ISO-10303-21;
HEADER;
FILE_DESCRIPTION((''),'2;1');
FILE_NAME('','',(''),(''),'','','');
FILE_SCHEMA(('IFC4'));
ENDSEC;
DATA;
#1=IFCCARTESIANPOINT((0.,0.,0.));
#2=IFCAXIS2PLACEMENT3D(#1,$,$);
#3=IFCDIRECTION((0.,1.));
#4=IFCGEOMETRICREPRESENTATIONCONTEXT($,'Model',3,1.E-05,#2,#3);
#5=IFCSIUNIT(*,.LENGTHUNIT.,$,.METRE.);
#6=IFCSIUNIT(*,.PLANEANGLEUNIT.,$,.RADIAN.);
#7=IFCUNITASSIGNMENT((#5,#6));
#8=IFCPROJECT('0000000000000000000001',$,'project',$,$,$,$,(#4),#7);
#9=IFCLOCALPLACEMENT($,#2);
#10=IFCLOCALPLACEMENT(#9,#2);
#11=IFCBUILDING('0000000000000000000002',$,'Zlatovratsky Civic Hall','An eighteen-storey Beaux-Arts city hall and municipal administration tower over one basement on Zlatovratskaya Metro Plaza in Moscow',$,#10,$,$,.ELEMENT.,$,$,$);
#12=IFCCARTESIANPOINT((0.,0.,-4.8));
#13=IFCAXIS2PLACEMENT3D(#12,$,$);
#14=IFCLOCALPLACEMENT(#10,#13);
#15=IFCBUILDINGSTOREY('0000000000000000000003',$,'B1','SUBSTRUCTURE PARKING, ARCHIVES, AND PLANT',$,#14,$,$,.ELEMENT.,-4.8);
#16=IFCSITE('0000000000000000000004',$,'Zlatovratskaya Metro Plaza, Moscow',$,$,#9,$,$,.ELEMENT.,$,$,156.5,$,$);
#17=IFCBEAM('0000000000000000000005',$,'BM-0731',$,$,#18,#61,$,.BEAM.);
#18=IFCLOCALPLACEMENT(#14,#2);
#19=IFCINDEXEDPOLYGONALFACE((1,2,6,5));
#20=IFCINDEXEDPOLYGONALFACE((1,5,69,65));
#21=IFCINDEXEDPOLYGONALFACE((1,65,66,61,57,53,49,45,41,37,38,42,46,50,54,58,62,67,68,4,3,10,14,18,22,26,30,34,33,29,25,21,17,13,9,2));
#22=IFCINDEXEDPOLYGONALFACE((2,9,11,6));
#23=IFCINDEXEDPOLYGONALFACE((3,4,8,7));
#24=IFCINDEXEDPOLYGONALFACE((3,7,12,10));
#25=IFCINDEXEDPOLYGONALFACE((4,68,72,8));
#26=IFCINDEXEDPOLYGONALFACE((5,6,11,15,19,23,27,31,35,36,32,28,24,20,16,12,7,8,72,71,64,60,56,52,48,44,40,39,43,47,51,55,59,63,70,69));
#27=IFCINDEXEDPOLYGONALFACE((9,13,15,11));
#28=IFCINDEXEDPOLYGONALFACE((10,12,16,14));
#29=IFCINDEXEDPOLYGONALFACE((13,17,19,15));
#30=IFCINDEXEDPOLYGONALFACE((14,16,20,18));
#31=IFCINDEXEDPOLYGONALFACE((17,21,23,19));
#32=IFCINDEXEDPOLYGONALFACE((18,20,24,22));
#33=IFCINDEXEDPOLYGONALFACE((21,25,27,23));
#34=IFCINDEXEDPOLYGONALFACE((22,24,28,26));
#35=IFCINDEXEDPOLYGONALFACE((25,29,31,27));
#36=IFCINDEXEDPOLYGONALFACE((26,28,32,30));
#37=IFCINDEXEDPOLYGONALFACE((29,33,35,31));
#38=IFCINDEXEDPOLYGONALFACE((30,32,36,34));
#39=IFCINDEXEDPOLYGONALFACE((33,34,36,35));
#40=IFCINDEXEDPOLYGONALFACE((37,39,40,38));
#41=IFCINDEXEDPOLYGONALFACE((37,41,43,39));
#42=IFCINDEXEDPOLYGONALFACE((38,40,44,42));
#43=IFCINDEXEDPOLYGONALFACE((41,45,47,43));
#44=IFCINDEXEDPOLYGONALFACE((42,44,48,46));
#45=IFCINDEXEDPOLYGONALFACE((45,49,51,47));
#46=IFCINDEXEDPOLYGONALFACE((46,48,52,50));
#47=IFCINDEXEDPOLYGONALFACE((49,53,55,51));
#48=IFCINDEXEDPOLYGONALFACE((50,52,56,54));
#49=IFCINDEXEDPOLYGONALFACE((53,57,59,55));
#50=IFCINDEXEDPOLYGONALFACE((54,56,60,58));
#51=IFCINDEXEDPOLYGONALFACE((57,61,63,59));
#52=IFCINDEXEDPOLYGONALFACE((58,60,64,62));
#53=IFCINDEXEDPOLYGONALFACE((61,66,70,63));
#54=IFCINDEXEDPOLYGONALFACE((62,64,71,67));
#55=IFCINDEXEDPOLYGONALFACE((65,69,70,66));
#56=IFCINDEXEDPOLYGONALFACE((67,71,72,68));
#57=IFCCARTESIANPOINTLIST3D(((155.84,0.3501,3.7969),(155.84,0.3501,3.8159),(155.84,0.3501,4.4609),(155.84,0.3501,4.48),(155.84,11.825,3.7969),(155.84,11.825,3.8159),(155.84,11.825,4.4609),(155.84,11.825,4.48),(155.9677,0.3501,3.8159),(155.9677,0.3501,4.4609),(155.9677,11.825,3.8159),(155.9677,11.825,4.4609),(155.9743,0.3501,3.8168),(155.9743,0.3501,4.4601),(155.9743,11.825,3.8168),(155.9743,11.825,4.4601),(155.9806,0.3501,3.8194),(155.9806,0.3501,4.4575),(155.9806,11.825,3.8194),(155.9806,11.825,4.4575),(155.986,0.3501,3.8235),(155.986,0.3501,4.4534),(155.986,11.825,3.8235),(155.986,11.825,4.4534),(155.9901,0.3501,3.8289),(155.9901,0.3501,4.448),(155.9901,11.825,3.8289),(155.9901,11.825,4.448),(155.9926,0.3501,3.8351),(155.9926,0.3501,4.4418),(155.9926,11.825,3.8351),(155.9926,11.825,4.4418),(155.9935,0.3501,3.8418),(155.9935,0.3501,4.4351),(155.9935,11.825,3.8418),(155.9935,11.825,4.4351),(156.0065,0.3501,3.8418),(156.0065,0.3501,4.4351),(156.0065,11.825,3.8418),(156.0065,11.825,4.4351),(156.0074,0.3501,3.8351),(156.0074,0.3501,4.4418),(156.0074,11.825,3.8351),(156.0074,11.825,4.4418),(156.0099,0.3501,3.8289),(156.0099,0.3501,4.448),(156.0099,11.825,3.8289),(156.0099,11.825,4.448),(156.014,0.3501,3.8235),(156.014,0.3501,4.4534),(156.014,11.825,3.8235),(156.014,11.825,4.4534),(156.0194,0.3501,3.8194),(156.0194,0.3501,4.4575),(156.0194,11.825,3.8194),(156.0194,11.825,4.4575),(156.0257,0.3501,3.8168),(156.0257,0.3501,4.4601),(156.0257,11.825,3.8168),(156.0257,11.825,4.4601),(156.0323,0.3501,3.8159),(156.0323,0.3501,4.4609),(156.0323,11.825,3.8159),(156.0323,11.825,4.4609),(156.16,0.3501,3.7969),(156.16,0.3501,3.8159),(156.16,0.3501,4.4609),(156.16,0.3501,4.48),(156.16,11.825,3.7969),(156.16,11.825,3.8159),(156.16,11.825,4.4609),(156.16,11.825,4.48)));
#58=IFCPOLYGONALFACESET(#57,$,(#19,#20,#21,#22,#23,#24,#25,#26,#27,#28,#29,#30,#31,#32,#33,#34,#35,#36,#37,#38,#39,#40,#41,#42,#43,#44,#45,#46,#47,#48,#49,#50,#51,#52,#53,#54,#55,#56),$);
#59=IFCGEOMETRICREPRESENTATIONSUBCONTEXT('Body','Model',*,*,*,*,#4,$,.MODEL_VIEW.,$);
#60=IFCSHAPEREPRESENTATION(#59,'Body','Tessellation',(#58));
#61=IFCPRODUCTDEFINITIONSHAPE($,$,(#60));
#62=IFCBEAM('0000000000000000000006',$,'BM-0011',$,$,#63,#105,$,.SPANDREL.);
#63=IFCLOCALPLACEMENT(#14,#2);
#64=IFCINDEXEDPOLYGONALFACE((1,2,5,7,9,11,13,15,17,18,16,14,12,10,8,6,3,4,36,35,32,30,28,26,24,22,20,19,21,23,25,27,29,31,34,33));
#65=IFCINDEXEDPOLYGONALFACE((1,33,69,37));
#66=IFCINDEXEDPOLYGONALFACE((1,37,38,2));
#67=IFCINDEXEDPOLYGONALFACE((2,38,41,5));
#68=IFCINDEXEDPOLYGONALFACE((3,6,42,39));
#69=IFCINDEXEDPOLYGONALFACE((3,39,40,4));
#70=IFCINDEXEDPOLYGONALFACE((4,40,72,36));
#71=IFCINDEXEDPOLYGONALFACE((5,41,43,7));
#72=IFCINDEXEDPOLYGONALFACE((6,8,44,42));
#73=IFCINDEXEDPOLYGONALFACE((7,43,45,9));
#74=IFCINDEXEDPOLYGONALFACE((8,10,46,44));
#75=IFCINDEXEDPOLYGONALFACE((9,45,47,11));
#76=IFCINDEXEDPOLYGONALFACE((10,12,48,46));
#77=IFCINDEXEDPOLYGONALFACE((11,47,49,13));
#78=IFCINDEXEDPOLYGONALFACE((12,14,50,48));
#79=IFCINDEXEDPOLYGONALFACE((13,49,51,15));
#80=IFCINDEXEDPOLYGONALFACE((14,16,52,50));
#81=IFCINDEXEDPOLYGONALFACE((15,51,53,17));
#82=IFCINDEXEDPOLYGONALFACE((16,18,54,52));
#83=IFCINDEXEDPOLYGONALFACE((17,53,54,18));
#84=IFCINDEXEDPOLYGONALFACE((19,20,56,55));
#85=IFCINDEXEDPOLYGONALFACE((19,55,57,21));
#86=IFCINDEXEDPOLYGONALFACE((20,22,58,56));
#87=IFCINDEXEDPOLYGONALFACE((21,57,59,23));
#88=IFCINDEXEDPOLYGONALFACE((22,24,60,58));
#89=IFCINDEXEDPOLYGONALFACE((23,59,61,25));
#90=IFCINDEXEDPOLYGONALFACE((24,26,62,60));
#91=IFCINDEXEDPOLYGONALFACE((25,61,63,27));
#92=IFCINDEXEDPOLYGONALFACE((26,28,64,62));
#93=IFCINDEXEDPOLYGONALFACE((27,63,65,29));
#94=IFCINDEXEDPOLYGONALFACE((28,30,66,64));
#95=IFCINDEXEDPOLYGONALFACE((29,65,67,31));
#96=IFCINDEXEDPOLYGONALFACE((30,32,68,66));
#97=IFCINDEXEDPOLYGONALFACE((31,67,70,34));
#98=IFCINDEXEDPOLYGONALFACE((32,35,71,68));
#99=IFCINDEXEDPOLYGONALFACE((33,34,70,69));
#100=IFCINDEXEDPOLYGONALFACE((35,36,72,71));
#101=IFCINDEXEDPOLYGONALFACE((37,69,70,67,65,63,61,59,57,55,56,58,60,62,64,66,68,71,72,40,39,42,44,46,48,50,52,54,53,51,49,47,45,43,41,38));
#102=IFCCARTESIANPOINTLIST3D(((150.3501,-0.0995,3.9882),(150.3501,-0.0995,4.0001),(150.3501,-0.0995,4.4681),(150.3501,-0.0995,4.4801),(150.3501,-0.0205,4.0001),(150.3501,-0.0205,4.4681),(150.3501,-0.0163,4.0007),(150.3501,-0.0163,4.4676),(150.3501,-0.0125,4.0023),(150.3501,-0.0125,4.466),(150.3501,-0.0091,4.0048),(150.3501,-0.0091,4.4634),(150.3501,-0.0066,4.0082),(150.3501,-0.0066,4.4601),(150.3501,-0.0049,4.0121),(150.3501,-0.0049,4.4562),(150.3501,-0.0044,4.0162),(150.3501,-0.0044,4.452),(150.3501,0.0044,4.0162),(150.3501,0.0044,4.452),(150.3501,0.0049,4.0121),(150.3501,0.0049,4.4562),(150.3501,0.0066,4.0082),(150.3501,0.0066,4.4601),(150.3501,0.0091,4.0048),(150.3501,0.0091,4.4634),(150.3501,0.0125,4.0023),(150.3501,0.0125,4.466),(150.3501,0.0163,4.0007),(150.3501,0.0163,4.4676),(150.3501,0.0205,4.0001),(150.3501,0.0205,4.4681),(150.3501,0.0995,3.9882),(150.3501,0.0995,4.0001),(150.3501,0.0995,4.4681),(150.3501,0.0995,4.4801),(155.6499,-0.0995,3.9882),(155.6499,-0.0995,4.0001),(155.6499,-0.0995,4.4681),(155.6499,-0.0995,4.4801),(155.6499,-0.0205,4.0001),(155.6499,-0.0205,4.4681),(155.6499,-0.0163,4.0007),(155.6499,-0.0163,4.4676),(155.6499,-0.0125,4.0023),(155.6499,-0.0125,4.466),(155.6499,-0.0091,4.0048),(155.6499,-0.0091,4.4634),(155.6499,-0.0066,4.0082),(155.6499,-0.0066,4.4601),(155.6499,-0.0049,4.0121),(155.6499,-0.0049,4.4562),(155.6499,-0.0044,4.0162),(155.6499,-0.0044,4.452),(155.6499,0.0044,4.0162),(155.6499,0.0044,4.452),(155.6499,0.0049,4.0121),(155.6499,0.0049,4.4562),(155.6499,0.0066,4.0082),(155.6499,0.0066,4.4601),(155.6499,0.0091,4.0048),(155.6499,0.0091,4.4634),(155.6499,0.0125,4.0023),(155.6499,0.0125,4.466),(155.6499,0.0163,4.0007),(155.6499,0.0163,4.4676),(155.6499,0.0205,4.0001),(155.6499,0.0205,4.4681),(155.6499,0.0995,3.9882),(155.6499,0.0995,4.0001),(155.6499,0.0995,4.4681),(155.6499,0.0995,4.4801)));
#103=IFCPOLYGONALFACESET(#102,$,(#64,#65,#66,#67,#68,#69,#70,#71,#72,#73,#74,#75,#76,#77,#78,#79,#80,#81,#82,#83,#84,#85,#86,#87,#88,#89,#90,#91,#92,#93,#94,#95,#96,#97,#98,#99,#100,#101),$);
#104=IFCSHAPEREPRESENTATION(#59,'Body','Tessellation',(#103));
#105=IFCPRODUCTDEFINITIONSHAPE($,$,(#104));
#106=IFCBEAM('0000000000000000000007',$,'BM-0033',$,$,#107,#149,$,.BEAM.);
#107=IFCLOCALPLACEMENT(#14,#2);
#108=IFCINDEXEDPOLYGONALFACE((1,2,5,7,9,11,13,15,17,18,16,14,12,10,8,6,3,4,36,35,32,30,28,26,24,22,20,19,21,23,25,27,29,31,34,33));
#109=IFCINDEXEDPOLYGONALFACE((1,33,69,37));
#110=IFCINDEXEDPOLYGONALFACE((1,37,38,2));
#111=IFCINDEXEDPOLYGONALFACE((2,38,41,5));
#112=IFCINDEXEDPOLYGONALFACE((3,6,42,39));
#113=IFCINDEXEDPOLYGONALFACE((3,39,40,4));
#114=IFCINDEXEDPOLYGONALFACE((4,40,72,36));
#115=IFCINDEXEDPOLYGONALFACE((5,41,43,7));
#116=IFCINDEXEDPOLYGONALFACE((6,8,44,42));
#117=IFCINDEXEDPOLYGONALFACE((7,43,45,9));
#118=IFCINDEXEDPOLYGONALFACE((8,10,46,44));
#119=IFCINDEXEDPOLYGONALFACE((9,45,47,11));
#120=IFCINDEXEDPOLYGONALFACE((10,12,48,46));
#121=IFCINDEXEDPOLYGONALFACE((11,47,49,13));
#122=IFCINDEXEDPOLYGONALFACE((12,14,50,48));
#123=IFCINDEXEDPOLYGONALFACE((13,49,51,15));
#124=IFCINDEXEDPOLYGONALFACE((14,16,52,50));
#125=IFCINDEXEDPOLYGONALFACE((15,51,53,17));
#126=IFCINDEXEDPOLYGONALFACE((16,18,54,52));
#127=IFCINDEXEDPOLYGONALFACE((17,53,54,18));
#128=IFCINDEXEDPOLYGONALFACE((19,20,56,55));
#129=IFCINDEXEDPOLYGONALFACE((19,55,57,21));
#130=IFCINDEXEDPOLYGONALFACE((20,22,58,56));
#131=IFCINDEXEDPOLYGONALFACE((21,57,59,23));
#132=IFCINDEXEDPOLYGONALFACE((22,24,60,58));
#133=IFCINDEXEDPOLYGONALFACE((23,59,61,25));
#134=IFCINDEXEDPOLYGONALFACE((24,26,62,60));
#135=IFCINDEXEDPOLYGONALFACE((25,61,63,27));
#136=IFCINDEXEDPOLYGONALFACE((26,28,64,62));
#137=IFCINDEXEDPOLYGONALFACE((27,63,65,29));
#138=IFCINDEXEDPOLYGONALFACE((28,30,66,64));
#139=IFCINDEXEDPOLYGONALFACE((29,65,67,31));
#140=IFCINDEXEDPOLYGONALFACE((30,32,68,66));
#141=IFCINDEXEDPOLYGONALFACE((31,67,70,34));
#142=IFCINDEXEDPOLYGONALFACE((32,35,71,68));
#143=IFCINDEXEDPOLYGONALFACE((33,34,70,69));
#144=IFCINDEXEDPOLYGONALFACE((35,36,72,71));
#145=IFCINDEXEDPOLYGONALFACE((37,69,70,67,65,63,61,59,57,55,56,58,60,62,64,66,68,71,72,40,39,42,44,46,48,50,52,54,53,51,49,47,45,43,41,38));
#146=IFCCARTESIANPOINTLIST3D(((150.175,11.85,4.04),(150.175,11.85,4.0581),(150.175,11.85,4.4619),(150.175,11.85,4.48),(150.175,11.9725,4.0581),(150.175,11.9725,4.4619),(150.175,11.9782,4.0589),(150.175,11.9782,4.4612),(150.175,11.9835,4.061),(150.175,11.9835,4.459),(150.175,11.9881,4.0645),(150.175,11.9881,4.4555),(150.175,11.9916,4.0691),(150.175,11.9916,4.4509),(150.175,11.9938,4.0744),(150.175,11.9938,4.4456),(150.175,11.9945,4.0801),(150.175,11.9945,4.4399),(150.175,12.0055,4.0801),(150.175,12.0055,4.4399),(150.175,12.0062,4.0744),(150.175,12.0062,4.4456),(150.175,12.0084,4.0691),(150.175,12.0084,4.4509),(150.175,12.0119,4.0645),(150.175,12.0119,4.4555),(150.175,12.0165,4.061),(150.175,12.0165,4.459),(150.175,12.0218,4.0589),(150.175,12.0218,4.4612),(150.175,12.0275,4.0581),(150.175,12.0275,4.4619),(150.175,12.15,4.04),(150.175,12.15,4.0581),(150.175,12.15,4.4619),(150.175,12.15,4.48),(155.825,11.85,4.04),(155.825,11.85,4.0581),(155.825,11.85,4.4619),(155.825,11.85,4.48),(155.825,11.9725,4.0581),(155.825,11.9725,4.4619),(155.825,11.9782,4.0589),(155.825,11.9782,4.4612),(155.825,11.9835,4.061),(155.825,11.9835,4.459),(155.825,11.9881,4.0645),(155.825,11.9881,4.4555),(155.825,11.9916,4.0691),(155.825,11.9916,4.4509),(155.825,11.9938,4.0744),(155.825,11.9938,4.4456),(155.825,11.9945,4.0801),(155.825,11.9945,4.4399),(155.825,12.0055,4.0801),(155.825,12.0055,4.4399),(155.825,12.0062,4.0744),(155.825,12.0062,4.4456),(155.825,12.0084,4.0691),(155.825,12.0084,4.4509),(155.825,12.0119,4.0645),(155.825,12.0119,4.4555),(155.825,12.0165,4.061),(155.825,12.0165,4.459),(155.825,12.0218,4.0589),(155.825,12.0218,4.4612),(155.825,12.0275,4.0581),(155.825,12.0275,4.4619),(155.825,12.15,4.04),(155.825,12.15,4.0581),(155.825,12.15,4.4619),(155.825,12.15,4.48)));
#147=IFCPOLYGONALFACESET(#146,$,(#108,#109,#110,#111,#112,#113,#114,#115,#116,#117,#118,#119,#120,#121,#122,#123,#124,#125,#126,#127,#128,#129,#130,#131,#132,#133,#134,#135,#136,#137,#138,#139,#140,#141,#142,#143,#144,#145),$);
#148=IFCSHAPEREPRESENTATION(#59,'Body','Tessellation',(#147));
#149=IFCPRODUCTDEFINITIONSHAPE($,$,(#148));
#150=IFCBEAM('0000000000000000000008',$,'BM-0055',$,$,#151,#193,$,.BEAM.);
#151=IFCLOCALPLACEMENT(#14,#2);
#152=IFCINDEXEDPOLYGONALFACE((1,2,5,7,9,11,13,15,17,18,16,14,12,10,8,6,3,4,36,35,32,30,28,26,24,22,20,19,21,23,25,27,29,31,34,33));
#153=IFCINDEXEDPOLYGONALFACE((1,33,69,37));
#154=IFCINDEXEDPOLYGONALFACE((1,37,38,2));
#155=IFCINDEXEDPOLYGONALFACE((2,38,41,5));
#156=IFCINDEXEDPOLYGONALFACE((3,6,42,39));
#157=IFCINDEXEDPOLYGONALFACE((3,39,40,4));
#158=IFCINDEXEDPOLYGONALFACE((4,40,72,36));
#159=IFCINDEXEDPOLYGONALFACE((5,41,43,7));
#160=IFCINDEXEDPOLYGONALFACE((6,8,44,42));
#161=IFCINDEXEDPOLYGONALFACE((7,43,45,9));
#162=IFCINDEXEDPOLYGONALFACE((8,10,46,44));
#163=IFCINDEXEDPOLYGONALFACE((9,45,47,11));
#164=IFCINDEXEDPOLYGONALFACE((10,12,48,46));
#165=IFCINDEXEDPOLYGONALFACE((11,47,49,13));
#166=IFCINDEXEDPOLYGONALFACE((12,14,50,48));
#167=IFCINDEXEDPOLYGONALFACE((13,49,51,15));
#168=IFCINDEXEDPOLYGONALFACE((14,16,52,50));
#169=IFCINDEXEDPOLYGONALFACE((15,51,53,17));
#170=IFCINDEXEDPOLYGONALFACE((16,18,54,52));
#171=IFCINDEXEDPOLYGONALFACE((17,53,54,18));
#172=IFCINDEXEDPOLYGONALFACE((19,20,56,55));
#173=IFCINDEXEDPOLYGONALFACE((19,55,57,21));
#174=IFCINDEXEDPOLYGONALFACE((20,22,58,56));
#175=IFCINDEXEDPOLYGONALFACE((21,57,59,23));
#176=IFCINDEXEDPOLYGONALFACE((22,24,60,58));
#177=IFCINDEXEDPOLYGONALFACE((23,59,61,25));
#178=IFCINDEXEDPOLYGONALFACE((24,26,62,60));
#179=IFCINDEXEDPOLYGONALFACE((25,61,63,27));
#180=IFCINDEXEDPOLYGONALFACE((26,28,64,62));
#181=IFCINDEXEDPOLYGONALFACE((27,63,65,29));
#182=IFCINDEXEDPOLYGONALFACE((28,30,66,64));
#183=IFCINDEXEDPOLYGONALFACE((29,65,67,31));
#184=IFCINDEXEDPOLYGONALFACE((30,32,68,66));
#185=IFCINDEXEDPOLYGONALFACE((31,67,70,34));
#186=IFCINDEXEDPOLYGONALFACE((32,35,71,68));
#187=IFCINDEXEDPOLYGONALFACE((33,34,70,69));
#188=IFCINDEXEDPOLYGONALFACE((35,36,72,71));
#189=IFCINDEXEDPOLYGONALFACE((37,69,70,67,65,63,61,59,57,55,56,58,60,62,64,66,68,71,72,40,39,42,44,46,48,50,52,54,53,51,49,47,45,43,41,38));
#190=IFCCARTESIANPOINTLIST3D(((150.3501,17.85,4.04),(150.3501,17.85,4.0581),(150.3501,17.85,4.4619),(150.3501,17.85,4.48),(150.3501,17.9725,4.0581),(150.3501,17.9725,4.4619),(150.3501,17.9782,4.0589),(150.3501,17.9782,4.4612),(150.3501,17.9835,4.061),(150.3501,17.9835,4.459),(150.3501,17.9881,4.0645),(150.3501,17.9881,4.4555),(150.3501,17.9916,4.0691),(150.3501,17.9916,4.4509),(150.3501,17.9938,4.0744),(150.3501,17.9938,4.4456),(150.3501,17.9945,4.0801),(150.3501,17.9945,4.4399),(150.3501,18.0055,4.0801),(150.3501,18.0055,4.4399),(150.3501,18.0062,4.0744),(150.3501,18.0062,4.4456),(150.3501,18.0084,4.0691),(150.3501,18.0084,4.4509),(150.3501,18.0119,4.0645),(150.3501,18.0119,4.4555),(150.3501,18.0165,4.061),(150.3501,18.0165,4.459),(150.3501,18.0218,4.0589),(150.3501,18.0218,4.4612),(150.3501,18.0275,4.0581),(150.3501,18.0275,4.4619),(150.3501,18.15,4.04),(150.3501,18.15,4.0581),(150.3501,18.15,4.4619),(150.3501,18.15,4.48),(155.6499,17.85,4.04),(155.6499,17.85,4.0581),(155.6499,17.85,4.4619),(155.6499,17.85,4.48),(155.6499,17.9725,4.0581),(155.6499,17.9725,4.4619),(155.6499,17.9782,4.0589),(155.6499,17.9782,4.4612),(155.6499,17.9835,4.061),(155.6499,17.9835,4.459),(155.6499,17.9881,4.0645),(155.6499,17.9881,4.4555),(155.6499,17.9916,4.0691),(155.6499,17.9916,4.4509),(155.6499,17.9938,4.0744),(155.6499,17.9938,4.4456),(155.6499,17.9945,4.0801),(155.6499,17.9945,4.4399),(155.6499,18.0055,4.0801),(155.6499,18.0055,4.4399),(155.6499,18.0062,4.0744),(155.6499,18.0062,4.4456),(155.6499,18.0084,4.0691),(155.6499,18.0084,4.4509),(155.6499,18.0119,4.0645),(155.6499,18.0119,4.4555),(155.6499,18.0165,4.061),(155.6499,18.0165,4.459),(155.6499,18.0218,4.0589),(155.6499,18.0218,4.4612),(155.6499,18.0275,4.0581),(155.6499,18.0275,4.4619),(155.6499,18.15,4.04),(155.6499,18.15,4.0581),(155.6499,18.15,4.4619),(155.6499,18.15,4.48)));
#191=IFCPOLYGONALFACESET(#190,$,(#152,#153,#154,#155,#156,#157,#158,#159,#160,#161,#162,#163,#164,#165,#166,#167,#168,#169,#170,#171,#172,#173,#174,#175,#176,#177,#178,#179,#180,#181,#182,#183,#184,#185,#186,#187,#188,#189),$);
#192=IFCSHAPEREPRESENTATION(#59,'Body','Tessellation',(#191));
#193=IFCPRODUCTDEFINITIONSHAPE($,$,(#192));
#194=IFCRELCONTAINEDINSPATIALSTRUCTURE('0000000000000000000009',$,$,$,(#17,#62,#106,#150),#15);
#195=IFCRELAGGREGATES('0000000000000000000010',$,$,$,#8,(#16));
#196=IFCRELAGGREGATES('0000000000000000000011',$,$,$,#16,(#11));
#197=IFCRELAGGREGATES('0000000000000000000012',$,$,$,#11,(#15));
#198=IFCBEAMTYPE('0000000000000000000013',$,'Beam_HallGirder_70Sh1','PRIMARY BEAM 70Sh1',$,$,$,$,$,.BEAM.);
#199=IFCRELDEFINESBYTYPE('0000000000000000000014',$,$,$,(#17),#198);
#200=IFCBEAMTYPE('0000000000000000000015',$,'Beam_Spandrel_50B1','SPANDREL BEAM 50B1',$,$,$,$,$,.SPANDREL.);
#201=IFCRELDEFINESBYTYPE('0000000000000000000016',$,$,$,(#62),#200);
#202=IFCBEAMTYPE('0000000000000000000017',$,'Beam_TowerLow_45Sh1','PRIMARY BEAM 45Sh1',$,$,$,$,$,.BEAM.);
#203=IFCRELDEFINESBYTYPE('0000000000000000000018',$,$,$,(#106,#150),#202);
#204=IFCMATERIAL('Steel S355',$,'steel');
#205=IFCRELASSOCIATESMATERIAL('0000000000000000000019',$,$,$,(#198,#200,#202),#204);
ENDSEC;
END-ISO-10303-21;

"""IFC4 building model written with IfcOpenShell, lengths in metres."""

from ifc_helpers import new_model, si_unit, direction, frame, origin, origin_2d, place, context, subcontext, project, spatial, i_section, extrude, material, material_profile, profile_set, type_object, element, save


model = new_model("IFC4")

# Units and contexts
model_context = context("Model", 3, precision=1e-05, world=origin(), true_north=direction((0.0, 1.0)))
body_context = subcontext(model_context, "Body", "Model", "MODEL_VIEW")
ifc_project = project(units=[si_unit("LENGTHUNIT", "METRE"), si_unit("PLANEANGLEUNIT", "RADIAN")], contexts=[model_context])

# Site, building, storey
site_placement = place(None, origin())
site = spatial("IfcSite", under=ifc_project, at=site_placement, Name="Zlatovratskaya Metro Plaza, Moscow", CompositionType="ELEMENT", RefElevation=156.5)
building_placement = place(site_placement, origin())
building = spatial("IfcBuilding", under=site, at=building_placement, Name="Zlatovratsky Civic Hall", Description="An eighteen-storey Beaux-Arts city hall and municipal administration tower over one basement on Zlatovratskaya Metro Plaza in Moscow", CompositionType="ELEMENT")
storey_placement = place(building_placement, frame((0.0, 0.0, -4.8)))
storey = spatial("IfcBuildingStorey", under=building, at=storey_placement, Name="B1", Description="SUBSTRUCTURE PARKING, ARCHIVES, AND PLANT", CompositionType="ELEMENT", Elevation=-4.8)

# Shared definitions
ifc_material_1 = material(Name="Steel S355", Category="steel")

# Beams
ifc_material_profile_1 = material_profile(ifc_material_1, i_section(OverallWidth=0.3201, OverallDepth=0.6831, WebThickness=0.0129, FlangeThickness=0.019, FilletRadius=0.0259, at=origin_2d()), Name="70Sh1")
ifc_profile_set_1 = profile_set([ifc_material_profile_1], Name="Steel S355")
beam_type_1 = type_object("IfcBeamType", Name="Beam_HallGirder_70Sh1", Description="PRIMARY BEAM 70Sh1", PredefinedType="BEAM", material=ifc_profile_set_1)
for number, where, z_axis, x_axis, name in (
    (1, (156.0, 0.3501, 4.1384), (0.0, 1.0, 0.0), (-1.0, 0.0, 0.0), "BM-0731"),
):
    element("IfcBeam", number, at=place(storey_placement, frame(where, z_axis=z_axis, x_axis=x_axis)), inside=storey, type_object=beam_type_1, Name=name, PredefinedType="BEAM", context=body_context, shape_type="SweptSolid", body=[
        extrude(i_section(OverallWidth=0.3201, OverallDepth=0.6831, WebThickness=0.0129, FlangeThickness=0.019, FilletRadius=0.0259, at=origin_2d()), origin(), (0.0, 0.0, 1.0), 11.4749),
    ])
ifc_material_profile_2 = material_profile(ifc_material_1, i_section(OverallWidth=0.199, OverallDepth=0.4919, WebThickness=0.0088, FlangeThickness=0.012, FilletRadius=0.0161, at=origin_2d()), Name="50B1")
ifc_profile_set_2 = profile_set([ifc_material_profile_2], Name="Steel S355")
beam_type_2 = type_object("IfcBeamType", Name="Beam_Spandrel_50B1", Description="SPANDREL BEAM 50B1", PredefinedType="SPANDREL", material=ifc_profile_set_2)
beam_1_placement = place(storey_placement, frame((150.3501, 0.0, 4.2341), z_axis=(1.0, 0.0, 0.0), x_axis=(0.0, 1.0, 0.0)))
element("IfcBeam", 2, at=beam_1_placement, inside=storey, type_object=beam_type_2, Name="BM-0011", PredefinedType="SPANDREL", context=body_context, shape_type="SweptSolid", body=[
    extrude(i_section(OverallWidth=0.199, OverallDepth=0.4919, WebThickness=0.0088, FlangeThickness=0.012, FilletRadius=0.0161, at=origin_2d()), origin(), (0.0, 0.0, 1.0), 5.2998),
])
ifc_material_profile_3 = material_profile(ifc_material_1, i_section(OverallWidth=0.3, OverallDepth=0.4399, WebThickness=0.011, FlangeThickness=0.0181, FilletRadius=0.022, at=origin_2d()), Name="45Sh1")
ifc_profile_set_3 = profile_set([ifc_material_profile_3], Name="Steel S355")
beam_type_3 = type_object("IfcBeamType", Name="Beam_TowerLow_45Sh1", Description="PRIMARY BEAM 45Sh1", PredefinedType="BEAM", material=ifc_profile_set_3)
beam_2_placement = place(storey_placement, frame((150.175, 12.0, 4.26), z_axis=(1.0, 0.0, 0.0), x_axis=(0.0, 1.0, 0.0)))
element("IfcBeam", 3, at=beam_2_placement, inside=storey, type_object=beam_type_3, Name="BM-0033", PredefinedType="BEAM", context=body_context, shape_type="SweptSolid", body=[
    extrude(i_section(OverallWidth=0.3, OverallDepth=0.4399, WebThickness=0.011, FlangeThickness=0.0181, FilletRadius=0.022, at=origin_2d()), origin(), (0.0, 0.0, 1.0), 5.6499),
])
beam_3_placement = place(storey_placement, frame((150.3501, 18.0, 4.26), z_axis=(1.0, 0.0, 0.0), x_axis=(0.0, 1.0, 0.0)))
element("IfcBeam", 4, at=beam_3_placement, inside=storey, type_object=beam_type_3, Name="BM-0055", PredefinedType="BEAM", context=body_context, shape_type="SweptSolid", body=[
    extrude(i_section(OverallWidth=0.3, OverallDepth=0.4399, WebThickness=0.011, FlangeThickness=0.0181, FilletRadius=0.022, at=origin_2d()), origin(), (0.0, 0.0, 1.0), 5.2998),
])

save(model, "model.ifc")
